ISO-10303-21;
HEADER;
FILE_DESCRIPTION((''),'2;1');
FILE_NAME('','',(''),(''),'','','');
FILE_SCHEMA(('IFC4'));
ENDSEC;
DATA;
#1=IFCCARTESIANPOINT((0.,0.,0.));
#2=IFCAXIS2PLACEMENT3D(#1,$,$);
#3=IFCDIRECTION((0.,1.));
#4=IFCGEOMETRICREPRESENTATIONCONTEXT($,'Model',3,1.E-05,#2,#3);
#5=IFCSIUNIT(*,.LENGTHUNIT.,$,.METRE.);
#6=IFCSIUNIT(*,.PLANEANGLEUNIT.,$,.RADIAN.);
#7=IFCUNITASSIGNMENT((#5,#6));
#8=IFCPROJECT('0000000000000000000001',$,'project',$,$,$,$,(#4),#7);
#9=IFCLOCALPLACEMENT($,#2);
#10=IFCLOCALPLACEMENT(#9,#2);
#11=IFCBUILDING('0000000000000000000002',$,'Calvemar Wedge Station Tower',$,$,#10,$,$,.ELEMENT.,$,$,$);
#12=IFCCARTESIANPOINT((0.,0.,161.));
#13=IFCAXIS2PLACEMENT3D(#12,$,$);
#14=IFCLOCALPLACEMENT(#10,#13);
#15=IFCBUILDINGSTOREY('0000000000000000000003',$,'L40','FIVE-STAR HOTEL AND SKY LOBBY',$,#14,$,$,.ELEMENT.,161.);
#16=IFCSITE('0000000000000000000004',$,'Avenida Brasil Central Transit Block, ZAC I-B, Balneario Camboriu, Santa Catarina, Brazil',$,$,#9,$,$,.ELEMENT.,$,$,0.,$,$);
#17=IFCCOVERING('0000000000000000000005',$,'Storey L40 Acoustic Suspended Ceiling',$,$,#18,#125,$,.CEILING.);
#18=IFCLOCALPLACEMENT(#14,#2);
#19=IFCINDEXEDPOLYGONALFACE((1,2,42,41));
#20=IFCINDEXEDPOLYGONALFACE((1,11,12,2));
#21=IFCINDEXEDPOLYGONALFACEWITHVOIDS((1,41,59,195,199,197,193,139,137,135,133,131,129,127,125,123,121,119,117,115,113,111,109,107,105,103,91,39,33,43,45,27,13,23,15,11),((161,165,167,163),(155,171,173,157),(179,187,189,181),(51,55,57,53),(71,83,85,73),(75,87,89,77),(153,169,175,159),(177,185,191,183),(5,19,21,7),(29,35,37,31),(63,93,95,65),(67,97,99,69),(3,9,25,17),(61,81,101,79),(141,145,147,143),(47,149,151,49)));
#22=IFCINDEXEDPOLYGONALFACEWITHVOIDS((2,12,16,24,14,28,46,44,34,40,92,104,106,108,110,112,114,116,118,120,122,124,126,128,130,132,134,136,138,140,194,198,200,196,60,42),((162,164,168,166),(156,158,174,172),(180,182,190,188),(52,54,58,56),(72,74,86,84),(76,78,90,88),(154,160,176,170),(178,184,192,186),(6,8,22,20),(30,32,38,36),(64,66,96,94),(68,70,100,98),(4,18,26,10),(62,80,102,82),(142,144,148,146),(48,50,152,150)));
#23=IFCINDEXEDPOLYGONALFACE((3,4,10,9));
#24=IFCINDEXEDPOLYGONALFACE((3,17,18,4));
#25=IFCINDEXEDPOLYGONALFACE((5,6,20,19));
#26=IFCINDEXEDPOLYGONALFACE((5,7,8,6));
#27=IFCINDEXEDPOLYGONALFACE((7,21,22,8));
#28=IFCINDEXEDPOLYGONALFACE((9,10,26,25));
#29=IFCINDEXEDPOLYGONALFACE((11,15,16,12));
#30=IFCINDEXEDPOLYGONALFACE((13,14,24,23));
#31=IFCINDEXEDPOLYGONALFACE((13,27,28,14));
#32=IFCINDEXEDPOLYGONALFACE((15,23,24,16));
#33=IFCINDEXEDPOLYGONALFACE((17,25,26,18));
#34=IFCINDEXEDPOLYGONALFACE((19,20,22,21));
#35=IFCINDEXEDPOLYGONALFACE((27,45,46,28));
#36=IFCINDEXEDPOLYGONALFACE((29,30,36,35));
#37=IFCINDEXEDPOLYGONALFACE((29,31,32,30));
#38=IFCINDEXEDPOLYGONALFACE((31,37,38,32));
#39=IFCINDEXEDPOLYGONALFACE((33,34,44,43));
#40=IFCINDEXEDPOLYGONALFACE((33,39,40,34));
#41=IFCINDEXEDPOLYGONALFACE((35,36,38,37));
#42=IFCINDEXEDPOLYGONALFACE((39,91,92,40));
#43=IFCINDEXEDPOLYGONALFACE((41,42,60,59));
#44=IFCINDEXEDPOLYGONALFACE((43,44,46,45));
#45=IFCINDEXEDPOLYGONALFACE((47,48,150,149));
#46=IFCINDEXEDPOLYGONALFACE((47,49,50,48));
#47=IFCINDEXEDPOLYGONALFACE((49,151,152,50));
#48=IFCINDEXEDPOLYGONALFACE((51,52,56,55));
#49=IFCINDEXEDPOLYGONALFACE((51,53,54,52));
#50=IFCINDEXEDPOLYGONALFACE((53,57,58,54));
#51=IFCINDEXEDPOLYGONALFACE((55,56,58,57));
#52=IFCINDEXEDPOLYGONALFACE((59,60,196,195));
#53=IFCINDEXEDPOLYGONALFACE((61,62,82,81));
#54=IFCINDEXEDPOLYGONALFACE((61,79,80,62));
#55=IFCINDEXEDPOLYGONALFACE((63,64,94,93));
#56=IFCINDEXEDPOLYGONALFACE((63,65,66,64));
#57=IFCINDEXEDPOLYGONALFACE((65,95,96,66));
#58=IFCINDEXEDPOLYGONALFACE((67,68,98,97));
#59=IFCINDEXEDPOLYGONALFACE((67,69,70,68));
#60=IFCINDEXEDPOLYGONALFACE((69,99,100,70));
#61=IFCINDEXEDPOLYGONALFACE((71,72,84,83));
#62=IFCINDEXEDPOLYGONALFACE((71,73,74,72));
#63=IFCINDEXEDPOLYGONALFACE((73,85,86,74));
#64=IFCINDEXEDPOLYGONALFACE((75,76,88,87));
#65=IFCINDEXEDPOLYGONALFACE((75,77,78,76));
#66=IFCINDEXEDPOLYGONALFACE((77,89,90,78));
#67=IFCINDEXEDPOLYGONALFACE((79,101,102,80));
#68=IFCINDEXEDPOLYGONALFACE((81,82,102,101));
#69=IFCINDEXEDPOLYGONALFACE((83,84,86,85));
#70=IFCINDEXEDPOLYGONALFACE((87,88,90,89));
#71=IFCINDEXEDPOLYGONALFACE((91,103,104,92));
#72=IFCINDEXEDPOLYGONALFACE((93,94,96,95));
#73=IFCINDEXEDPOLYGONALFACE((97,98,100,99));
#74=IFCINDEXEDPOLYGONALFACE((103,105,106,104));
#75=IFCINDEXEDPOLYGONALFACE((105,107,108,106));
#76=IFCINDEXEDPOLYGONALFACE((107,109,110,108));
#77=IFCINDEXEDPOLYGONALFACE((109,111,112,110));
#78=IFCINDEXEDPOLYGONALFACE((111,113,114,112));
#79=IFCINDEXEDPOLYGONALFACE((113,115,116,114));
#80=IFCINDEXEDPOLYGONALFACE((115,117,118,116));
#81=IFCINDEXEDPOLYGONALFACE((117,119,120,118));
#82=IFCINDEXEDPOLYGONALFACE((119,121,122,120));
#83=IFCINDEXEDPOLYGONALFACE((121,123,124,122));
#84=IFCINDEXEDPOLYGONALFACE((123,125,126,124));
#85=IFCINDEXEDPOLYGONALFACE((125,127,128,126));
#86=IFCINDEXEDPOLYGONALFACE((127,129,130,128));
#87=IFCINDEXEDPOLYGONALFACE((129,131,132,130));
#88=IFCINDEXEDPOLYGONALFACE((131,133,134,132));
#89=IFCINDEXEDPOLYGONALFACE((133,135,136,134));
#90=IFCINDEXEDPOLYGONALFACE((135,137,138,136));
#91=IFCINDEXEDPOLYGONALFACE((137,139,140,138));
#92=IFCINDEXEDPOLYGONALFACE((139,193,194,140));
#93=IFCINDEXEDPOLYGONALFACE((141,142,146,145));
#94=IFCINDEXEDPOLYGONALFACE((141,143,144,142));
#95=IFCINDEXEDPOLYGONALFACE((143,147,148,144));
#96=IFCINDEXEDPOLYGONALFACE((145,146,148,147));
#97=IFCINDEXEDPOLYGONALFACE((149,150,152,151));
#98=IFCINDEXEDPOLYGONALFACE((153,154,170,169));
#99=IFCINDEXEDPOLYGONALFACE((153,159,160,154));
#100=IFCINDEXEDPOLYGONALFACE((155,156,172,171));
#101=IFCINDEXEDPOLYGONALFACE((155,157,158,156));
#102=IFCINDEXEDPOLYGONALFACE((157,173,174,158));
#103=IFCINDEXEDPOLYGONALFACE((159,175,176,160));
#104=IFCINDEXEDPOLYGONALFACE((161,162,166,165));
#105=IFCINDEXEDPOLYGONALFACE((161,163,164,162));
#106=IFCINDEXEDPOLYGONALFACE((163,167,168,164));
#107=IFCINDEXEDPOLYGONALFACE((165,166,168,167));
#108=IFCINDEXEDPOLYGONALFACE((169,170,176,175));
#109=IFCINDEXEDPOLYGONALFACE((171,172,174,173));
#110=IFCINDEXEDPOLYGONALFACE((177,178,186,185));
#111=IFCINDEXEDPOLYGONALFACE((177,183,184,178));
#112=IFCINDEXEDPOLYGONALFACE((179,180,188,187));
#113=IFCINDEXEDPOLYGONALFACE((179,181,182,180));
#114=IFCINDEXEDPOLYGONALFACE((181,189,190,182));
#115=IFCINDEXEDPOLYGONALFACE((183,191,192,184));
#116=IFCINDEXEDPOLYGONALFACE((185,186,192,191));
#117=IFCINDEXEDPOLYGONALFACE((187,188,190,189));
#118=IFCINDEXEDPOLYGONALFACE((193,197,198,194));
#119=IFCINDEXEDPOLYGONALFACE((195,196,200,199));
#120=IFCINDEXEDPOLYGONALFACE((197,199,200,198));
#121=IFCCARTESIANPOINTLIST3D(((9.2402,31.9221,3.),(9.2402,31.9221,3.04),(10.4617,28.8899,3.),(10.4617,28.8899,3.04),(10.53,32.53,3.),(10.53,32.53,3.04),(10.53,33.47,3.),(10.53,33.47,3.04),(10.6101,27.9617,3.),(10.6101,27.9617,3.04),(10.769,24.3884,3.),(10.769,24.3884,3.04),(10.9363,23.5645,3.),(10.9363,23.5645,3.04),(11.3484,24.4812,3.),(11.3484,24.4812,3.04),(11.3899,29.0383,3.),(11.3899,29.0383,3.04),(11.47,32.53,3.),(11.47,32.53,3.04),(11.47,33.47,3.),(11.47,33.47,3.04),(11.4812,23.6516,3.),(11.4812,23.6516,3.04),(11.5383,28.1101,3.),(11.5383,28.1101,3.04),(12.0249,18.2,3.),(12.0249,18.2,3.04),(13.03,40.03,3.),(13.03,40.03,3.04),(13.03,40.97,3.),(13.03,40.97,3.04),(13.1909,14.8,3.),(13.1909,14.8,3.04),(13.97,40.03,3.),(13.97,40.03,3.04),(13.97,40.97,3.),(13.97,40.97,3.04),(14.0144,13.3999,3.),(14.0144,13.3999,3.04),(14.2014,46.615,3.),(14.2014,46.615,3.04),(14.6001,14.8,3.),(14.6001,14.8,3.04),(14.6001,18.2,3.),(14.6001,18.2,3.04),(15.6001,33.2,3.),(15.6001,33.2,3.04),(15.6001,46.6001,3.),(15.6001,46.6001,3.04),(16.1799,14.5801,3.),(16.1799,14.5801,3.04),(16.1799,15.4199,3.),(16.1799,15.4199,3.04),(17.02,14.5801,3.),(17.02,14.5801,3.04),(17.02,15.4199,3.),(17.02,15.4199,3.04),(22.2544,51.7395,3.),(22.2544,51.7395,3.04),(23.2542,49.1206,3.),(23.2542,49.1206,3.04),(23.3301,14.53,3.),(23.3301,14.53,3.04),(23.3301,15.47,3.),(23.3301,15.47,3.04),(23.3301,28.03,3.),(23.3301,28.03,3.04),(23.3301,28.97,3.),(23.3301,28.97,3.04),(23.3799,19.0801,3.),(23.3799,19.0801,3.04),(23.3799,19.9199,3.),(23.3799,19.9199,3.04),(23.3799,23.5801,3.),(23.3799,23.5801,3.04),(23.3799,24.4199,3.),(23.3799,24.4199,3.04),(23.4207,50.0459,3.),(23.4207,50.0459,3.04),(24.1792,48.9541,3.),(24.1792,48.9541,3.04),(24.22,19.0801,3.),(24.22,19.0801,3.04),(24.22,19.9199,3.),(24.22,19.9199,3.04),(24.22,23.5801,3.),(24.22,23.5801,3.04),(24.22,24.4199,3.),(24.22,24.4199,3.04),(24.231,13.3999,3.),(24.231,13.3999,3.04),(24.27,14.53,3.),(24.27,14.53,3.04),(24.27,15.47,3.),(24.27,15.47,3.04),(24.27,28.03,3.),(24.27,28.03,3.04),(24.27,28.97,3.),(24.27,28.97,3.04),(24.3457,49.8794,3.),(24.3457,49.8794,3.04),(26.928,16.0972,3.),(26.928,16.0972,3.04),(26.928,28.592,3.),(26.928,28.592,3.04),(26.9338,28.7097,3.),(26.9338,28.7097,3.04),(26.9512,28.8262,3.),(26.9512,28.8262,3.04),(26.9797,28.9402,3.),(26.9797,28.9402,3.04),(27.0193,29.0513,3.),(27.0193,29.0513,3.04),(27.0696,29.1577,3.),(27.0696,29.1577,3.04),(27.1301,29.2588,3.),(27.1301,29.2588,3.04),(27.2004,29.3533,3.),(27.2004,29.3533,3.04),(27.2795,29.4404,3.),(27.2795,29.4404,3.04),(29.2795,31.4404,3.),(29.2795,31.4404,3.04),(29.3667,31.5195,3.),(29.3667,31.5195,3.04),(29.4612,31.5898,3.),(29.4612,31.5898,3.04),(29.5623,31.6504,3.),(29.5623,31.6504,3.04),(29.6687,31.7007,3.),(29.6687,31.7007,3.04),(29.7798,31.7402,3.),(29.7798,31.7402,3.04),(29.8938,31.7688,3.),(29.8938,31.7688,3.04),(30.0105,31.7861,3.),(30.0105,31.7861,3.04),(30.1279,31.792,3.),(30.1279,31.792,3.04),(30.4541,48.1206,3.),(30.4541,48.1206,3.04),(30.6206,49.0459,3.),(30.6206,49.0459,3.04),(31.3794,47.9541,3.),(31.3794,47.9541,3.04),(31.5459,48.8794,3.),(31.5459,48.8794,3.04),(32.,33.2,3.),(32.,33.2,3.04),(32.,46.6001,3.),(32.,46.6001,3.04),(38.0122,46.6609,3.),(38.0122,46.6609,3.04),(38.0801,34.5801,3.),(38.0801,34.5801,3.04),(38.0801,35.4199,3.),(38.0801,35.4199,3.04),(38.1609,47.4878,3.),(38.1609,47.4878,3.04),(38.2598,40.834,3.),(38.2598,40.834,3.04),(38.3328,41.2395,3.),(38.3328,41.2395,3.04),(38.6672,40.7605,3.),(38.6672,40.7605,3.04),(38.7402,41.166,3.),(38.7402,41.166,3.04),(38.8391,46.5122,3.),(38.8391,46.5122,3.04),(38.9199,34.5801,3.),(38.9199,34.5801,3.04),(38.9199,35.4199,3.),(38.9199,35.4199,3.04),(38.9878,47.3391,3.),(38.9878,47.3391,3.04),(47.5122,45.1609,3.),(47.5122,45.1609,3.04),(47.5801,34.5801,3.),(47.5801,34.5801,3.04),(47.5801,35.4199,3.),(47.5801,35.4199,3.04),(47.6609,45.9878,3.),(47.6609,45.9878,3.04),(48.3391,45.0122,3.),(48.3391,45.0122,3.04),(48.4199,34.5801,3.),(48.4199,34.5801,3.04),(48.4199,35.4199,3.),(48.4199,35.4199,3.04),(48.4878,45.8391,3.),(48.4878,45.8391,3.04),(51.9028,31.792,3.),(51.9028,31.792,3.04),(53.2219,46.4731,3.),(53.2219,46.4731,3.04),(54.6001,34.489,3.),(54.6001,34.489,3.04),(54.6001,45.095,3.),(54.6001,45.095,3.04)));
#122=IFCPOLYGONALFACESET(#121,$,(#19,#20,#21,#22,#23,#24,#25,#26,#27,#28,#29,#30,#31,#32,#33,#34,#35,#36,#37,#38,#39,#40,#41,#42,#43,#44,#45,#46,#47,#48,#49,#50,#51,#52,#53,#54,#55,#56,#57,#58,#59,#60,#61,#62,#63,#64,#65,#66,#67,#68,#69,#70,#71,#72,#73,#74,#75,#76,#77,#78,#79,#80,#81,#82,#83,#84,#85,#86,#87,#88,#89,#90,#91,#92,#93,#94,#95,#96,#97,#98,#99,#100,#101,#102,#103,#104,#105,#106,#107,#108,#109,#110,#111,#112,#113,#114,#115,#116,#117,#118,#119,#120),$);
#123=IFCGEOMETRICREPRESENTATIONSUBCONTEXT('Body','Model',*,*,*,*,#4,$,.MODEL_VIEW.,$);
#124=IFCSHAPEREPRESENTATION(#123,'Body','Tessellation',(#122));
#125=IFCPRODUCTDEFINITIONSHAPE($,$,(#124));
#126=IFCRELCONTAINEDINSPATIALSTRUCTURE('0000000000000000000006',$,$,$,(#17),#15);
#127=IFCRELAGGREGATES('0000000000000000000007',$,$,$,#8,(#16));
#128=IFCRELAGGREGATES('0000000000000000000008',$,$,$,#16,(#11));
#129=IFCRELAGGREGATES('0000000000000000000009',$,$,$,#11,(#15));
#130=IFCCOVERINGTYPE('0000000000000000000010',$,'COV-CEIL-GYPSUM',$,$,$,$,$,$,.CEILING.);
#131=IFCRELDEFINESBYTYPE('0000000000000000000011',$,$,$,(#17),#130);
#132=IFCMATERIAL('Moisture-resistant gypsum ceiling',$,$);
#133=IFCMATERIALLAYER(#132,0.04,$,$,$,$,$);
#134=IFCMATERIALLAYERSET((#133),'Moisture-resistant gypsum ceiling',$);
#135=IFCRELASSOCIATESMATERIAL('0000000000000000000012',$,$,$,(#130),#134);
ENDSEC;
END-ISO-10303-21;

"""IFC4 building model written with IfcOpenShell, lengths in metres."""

from ifc_helpers import new_model, si_unit, direction, frame, origin, place, context, subcontext, project, spatial, polyline, outline, extrude, material, layer, layer_set, type_object, element, save


model = new_model("IFC4")

# Units and contexts
model_context = context("Model", 3, precision=1e-05, world=origin(), true_north=direction((0.0, 1.0)))
body_context = subcontext(model_context, "Body", "Model", "MODEL_VIEW")
ifc_project = project(units=[si_unit("LENGTHUNIT", "METRE"), si_unit("PLANEANGLEUNIT", "RADIAN")], contexts=[model_context])

# Site, building, storey
site_placement = place(None, origin())
site = spatial("IfcSite", under=ifc_project, at=site_placement, Name="Avenida Brasil Central Transit Block, ZAC I-B, Balneario Camboriu, Santa Catarina, Brazil", CompositionType="ELEMENT", RefElevation=0.0)
building_placement = place(site_placement, origin())
building = spatial("IfcBuilding", under=site, at=building_placement, Name="Calvemar Wedge Station Tower", CompositionType="ELEMENT")
storey_placement = place(building_placement, frame((0.0, 0.0, 161.0)))
storey = spatial("IfcBuildingStorey", under=building, at=storey_placement, Name="L40", Description="FIVE-STAR HOTEL AND SKY LOBBY", CompositionType="ELEMENT", Elevation=161.0)

# Covering
ifc_material_1 = material(Name="Moisture-resistant gypsum ceiling")
ifc_layer_1 = layer(ifc_material_1, 0.04)
ifc_layer_set_1 = layer_set([ifc_layer_1], Name="Moisture-resistant gypsum ceiling")
covering_type_1 = type_object("IfcCoveringType", Name="COV-CEIL-GYPSUM", PredefinedType="CEILING", material=ifc_layer_set_1)
covering_1_placement = place(storey_placement, frame((0.0, 0.0, 3.0)))
element("IfcCovering", 1, at=covering_1_placement, inside=storey, type_object=covering_type_1, Name="Storey L40 Acoustic Suspended Ceiling", PredefinedType="CEILING", context=body_context, shape_type="SweptSolid", body=[
    extrude(outline(polyline([(27.2795, 29.4404), (29.2795, 31.4404), (29.3667, 31.5195), (29.4612, 31.5898), (29.5623, 31.6504), (29.6687, 31.7007), (29.7798, 31.7402), (29.8938, 31.7688), (30.0105, 31.7861), (30.1279, 31.792), (51.9028, 31.792), (54.6001, 34.489), (54.6001, 45.095), (53.2219, 46.4731), (22.2544, 51.7395), (14.2014, 46.615), (9.2402, 31.9221), (10.769, 24.3884), (11.3484, 24.4812), (11.4812, 23.6516), (10.9363, 23.5645), (12.0249, 18.2), (14.6001, 18.2), (14.6001, 14.8), (13.1909, 14.8), (14.0144, 13.3999), (24.231, 13.3999), (26.928, 16.0972), (26.928, 28.592), (26.9338, 28.7097), (26.9512, 28.8262), (26.9797, 28.9402), (27.0193, 29.0513), (27.0696, 29.1577), (27.1301, 29.2588), (27.2004, 29.3533), (27.2795, 29.4404)]), holes=[polyline([(15.6001, 46.6001), (32.0, 46.6001), (32.0, 33.2), (15.6001, 33.2), (15.6001, 46.6001)]), polyline([(10.53, 32.53), (10.53, 33.47), (11.47, 33.47), (11.47, 32.53), (10.53, 32.53)]), polyline([(13.03, 40.97), (13.97, 40.97), (13.97, 40.03), (13.03, 40.03), (13.03, 40.97)]), polyline([(24.3457, 49.8794), (24.1792, 48.9541), (23.2542, 49.1206), (23.4207, 50.0459), (24.3457, 49.8794)]), polyline([(31.3794, 47.9541), (30.4541, 48.1206), (30.6206, 49.0459), (31.5459, 48.8794), (31.3794, 47.9541)]), polyline([(38.0122, 46.6609), (38.1609, 47.4878), (38.9878, 47.3391), (38.8391, 46.5122), (38.0122, 46.6609)]), polyline([(47.6609, 45.9878), (48.4878, 45.8391), (48.3391, 45.0122), (47.5122, 45.1609), (47.6609, 45.9878)]), polyline([(38.9199, 35.4199), (38.9199, 34.5801), (38.0801, 34.5801), (38.0801, 35.4199), (38.9199, 35.4199)]), polyline([(48.4199, 34.5801), (47.5801, 34.5801), (47.5801, 35.4199), (48.4199, 35.4199), (48.4199, 34.5801)]), polyline([(38.2598, 40.834), (38.3328, 41.2395), (38.7402, 41.166), (38.6672, 40.7605), (38.2598, 40.834)]), polyline([(11.3899, 29.0383), (11.5383, 28.1101), (10.6101, 27.9617), (10.4617, 28.8899), (11.3899, 29.0383)]), polyline([(24.27, 28.03), (23.3301, 28.03), (23.3301, 28.97), (24.27, 28.97), (24.27, 28.03)]), polyline([(23.3799, 23.5801), (23.3799, 24.4199), (24.22, 24.4199), (24.22, 23.5801), (23.3799, 23.5801)]), polyline([(23.3799, 19.9199), (24.22, 19.9199), (24.22, 19.0801), (23.3799, 19.0801), (23.3799, 19.9199)]), polyline([(24.27, 15.47), (24.27, 14.53), (23.3301, 14.53), (23.3301, 15.47), (24.27, 15.47)]), polyline([(17.02, 14.5801), (16.1799, 14.5801), (16.1799, 15.4199), (17.02, 15.4199), (17.02, 14.5801)])]), origin(), (0.0, 0.0, 1.0), 0.04),
])

save(model, "model.ifc")
